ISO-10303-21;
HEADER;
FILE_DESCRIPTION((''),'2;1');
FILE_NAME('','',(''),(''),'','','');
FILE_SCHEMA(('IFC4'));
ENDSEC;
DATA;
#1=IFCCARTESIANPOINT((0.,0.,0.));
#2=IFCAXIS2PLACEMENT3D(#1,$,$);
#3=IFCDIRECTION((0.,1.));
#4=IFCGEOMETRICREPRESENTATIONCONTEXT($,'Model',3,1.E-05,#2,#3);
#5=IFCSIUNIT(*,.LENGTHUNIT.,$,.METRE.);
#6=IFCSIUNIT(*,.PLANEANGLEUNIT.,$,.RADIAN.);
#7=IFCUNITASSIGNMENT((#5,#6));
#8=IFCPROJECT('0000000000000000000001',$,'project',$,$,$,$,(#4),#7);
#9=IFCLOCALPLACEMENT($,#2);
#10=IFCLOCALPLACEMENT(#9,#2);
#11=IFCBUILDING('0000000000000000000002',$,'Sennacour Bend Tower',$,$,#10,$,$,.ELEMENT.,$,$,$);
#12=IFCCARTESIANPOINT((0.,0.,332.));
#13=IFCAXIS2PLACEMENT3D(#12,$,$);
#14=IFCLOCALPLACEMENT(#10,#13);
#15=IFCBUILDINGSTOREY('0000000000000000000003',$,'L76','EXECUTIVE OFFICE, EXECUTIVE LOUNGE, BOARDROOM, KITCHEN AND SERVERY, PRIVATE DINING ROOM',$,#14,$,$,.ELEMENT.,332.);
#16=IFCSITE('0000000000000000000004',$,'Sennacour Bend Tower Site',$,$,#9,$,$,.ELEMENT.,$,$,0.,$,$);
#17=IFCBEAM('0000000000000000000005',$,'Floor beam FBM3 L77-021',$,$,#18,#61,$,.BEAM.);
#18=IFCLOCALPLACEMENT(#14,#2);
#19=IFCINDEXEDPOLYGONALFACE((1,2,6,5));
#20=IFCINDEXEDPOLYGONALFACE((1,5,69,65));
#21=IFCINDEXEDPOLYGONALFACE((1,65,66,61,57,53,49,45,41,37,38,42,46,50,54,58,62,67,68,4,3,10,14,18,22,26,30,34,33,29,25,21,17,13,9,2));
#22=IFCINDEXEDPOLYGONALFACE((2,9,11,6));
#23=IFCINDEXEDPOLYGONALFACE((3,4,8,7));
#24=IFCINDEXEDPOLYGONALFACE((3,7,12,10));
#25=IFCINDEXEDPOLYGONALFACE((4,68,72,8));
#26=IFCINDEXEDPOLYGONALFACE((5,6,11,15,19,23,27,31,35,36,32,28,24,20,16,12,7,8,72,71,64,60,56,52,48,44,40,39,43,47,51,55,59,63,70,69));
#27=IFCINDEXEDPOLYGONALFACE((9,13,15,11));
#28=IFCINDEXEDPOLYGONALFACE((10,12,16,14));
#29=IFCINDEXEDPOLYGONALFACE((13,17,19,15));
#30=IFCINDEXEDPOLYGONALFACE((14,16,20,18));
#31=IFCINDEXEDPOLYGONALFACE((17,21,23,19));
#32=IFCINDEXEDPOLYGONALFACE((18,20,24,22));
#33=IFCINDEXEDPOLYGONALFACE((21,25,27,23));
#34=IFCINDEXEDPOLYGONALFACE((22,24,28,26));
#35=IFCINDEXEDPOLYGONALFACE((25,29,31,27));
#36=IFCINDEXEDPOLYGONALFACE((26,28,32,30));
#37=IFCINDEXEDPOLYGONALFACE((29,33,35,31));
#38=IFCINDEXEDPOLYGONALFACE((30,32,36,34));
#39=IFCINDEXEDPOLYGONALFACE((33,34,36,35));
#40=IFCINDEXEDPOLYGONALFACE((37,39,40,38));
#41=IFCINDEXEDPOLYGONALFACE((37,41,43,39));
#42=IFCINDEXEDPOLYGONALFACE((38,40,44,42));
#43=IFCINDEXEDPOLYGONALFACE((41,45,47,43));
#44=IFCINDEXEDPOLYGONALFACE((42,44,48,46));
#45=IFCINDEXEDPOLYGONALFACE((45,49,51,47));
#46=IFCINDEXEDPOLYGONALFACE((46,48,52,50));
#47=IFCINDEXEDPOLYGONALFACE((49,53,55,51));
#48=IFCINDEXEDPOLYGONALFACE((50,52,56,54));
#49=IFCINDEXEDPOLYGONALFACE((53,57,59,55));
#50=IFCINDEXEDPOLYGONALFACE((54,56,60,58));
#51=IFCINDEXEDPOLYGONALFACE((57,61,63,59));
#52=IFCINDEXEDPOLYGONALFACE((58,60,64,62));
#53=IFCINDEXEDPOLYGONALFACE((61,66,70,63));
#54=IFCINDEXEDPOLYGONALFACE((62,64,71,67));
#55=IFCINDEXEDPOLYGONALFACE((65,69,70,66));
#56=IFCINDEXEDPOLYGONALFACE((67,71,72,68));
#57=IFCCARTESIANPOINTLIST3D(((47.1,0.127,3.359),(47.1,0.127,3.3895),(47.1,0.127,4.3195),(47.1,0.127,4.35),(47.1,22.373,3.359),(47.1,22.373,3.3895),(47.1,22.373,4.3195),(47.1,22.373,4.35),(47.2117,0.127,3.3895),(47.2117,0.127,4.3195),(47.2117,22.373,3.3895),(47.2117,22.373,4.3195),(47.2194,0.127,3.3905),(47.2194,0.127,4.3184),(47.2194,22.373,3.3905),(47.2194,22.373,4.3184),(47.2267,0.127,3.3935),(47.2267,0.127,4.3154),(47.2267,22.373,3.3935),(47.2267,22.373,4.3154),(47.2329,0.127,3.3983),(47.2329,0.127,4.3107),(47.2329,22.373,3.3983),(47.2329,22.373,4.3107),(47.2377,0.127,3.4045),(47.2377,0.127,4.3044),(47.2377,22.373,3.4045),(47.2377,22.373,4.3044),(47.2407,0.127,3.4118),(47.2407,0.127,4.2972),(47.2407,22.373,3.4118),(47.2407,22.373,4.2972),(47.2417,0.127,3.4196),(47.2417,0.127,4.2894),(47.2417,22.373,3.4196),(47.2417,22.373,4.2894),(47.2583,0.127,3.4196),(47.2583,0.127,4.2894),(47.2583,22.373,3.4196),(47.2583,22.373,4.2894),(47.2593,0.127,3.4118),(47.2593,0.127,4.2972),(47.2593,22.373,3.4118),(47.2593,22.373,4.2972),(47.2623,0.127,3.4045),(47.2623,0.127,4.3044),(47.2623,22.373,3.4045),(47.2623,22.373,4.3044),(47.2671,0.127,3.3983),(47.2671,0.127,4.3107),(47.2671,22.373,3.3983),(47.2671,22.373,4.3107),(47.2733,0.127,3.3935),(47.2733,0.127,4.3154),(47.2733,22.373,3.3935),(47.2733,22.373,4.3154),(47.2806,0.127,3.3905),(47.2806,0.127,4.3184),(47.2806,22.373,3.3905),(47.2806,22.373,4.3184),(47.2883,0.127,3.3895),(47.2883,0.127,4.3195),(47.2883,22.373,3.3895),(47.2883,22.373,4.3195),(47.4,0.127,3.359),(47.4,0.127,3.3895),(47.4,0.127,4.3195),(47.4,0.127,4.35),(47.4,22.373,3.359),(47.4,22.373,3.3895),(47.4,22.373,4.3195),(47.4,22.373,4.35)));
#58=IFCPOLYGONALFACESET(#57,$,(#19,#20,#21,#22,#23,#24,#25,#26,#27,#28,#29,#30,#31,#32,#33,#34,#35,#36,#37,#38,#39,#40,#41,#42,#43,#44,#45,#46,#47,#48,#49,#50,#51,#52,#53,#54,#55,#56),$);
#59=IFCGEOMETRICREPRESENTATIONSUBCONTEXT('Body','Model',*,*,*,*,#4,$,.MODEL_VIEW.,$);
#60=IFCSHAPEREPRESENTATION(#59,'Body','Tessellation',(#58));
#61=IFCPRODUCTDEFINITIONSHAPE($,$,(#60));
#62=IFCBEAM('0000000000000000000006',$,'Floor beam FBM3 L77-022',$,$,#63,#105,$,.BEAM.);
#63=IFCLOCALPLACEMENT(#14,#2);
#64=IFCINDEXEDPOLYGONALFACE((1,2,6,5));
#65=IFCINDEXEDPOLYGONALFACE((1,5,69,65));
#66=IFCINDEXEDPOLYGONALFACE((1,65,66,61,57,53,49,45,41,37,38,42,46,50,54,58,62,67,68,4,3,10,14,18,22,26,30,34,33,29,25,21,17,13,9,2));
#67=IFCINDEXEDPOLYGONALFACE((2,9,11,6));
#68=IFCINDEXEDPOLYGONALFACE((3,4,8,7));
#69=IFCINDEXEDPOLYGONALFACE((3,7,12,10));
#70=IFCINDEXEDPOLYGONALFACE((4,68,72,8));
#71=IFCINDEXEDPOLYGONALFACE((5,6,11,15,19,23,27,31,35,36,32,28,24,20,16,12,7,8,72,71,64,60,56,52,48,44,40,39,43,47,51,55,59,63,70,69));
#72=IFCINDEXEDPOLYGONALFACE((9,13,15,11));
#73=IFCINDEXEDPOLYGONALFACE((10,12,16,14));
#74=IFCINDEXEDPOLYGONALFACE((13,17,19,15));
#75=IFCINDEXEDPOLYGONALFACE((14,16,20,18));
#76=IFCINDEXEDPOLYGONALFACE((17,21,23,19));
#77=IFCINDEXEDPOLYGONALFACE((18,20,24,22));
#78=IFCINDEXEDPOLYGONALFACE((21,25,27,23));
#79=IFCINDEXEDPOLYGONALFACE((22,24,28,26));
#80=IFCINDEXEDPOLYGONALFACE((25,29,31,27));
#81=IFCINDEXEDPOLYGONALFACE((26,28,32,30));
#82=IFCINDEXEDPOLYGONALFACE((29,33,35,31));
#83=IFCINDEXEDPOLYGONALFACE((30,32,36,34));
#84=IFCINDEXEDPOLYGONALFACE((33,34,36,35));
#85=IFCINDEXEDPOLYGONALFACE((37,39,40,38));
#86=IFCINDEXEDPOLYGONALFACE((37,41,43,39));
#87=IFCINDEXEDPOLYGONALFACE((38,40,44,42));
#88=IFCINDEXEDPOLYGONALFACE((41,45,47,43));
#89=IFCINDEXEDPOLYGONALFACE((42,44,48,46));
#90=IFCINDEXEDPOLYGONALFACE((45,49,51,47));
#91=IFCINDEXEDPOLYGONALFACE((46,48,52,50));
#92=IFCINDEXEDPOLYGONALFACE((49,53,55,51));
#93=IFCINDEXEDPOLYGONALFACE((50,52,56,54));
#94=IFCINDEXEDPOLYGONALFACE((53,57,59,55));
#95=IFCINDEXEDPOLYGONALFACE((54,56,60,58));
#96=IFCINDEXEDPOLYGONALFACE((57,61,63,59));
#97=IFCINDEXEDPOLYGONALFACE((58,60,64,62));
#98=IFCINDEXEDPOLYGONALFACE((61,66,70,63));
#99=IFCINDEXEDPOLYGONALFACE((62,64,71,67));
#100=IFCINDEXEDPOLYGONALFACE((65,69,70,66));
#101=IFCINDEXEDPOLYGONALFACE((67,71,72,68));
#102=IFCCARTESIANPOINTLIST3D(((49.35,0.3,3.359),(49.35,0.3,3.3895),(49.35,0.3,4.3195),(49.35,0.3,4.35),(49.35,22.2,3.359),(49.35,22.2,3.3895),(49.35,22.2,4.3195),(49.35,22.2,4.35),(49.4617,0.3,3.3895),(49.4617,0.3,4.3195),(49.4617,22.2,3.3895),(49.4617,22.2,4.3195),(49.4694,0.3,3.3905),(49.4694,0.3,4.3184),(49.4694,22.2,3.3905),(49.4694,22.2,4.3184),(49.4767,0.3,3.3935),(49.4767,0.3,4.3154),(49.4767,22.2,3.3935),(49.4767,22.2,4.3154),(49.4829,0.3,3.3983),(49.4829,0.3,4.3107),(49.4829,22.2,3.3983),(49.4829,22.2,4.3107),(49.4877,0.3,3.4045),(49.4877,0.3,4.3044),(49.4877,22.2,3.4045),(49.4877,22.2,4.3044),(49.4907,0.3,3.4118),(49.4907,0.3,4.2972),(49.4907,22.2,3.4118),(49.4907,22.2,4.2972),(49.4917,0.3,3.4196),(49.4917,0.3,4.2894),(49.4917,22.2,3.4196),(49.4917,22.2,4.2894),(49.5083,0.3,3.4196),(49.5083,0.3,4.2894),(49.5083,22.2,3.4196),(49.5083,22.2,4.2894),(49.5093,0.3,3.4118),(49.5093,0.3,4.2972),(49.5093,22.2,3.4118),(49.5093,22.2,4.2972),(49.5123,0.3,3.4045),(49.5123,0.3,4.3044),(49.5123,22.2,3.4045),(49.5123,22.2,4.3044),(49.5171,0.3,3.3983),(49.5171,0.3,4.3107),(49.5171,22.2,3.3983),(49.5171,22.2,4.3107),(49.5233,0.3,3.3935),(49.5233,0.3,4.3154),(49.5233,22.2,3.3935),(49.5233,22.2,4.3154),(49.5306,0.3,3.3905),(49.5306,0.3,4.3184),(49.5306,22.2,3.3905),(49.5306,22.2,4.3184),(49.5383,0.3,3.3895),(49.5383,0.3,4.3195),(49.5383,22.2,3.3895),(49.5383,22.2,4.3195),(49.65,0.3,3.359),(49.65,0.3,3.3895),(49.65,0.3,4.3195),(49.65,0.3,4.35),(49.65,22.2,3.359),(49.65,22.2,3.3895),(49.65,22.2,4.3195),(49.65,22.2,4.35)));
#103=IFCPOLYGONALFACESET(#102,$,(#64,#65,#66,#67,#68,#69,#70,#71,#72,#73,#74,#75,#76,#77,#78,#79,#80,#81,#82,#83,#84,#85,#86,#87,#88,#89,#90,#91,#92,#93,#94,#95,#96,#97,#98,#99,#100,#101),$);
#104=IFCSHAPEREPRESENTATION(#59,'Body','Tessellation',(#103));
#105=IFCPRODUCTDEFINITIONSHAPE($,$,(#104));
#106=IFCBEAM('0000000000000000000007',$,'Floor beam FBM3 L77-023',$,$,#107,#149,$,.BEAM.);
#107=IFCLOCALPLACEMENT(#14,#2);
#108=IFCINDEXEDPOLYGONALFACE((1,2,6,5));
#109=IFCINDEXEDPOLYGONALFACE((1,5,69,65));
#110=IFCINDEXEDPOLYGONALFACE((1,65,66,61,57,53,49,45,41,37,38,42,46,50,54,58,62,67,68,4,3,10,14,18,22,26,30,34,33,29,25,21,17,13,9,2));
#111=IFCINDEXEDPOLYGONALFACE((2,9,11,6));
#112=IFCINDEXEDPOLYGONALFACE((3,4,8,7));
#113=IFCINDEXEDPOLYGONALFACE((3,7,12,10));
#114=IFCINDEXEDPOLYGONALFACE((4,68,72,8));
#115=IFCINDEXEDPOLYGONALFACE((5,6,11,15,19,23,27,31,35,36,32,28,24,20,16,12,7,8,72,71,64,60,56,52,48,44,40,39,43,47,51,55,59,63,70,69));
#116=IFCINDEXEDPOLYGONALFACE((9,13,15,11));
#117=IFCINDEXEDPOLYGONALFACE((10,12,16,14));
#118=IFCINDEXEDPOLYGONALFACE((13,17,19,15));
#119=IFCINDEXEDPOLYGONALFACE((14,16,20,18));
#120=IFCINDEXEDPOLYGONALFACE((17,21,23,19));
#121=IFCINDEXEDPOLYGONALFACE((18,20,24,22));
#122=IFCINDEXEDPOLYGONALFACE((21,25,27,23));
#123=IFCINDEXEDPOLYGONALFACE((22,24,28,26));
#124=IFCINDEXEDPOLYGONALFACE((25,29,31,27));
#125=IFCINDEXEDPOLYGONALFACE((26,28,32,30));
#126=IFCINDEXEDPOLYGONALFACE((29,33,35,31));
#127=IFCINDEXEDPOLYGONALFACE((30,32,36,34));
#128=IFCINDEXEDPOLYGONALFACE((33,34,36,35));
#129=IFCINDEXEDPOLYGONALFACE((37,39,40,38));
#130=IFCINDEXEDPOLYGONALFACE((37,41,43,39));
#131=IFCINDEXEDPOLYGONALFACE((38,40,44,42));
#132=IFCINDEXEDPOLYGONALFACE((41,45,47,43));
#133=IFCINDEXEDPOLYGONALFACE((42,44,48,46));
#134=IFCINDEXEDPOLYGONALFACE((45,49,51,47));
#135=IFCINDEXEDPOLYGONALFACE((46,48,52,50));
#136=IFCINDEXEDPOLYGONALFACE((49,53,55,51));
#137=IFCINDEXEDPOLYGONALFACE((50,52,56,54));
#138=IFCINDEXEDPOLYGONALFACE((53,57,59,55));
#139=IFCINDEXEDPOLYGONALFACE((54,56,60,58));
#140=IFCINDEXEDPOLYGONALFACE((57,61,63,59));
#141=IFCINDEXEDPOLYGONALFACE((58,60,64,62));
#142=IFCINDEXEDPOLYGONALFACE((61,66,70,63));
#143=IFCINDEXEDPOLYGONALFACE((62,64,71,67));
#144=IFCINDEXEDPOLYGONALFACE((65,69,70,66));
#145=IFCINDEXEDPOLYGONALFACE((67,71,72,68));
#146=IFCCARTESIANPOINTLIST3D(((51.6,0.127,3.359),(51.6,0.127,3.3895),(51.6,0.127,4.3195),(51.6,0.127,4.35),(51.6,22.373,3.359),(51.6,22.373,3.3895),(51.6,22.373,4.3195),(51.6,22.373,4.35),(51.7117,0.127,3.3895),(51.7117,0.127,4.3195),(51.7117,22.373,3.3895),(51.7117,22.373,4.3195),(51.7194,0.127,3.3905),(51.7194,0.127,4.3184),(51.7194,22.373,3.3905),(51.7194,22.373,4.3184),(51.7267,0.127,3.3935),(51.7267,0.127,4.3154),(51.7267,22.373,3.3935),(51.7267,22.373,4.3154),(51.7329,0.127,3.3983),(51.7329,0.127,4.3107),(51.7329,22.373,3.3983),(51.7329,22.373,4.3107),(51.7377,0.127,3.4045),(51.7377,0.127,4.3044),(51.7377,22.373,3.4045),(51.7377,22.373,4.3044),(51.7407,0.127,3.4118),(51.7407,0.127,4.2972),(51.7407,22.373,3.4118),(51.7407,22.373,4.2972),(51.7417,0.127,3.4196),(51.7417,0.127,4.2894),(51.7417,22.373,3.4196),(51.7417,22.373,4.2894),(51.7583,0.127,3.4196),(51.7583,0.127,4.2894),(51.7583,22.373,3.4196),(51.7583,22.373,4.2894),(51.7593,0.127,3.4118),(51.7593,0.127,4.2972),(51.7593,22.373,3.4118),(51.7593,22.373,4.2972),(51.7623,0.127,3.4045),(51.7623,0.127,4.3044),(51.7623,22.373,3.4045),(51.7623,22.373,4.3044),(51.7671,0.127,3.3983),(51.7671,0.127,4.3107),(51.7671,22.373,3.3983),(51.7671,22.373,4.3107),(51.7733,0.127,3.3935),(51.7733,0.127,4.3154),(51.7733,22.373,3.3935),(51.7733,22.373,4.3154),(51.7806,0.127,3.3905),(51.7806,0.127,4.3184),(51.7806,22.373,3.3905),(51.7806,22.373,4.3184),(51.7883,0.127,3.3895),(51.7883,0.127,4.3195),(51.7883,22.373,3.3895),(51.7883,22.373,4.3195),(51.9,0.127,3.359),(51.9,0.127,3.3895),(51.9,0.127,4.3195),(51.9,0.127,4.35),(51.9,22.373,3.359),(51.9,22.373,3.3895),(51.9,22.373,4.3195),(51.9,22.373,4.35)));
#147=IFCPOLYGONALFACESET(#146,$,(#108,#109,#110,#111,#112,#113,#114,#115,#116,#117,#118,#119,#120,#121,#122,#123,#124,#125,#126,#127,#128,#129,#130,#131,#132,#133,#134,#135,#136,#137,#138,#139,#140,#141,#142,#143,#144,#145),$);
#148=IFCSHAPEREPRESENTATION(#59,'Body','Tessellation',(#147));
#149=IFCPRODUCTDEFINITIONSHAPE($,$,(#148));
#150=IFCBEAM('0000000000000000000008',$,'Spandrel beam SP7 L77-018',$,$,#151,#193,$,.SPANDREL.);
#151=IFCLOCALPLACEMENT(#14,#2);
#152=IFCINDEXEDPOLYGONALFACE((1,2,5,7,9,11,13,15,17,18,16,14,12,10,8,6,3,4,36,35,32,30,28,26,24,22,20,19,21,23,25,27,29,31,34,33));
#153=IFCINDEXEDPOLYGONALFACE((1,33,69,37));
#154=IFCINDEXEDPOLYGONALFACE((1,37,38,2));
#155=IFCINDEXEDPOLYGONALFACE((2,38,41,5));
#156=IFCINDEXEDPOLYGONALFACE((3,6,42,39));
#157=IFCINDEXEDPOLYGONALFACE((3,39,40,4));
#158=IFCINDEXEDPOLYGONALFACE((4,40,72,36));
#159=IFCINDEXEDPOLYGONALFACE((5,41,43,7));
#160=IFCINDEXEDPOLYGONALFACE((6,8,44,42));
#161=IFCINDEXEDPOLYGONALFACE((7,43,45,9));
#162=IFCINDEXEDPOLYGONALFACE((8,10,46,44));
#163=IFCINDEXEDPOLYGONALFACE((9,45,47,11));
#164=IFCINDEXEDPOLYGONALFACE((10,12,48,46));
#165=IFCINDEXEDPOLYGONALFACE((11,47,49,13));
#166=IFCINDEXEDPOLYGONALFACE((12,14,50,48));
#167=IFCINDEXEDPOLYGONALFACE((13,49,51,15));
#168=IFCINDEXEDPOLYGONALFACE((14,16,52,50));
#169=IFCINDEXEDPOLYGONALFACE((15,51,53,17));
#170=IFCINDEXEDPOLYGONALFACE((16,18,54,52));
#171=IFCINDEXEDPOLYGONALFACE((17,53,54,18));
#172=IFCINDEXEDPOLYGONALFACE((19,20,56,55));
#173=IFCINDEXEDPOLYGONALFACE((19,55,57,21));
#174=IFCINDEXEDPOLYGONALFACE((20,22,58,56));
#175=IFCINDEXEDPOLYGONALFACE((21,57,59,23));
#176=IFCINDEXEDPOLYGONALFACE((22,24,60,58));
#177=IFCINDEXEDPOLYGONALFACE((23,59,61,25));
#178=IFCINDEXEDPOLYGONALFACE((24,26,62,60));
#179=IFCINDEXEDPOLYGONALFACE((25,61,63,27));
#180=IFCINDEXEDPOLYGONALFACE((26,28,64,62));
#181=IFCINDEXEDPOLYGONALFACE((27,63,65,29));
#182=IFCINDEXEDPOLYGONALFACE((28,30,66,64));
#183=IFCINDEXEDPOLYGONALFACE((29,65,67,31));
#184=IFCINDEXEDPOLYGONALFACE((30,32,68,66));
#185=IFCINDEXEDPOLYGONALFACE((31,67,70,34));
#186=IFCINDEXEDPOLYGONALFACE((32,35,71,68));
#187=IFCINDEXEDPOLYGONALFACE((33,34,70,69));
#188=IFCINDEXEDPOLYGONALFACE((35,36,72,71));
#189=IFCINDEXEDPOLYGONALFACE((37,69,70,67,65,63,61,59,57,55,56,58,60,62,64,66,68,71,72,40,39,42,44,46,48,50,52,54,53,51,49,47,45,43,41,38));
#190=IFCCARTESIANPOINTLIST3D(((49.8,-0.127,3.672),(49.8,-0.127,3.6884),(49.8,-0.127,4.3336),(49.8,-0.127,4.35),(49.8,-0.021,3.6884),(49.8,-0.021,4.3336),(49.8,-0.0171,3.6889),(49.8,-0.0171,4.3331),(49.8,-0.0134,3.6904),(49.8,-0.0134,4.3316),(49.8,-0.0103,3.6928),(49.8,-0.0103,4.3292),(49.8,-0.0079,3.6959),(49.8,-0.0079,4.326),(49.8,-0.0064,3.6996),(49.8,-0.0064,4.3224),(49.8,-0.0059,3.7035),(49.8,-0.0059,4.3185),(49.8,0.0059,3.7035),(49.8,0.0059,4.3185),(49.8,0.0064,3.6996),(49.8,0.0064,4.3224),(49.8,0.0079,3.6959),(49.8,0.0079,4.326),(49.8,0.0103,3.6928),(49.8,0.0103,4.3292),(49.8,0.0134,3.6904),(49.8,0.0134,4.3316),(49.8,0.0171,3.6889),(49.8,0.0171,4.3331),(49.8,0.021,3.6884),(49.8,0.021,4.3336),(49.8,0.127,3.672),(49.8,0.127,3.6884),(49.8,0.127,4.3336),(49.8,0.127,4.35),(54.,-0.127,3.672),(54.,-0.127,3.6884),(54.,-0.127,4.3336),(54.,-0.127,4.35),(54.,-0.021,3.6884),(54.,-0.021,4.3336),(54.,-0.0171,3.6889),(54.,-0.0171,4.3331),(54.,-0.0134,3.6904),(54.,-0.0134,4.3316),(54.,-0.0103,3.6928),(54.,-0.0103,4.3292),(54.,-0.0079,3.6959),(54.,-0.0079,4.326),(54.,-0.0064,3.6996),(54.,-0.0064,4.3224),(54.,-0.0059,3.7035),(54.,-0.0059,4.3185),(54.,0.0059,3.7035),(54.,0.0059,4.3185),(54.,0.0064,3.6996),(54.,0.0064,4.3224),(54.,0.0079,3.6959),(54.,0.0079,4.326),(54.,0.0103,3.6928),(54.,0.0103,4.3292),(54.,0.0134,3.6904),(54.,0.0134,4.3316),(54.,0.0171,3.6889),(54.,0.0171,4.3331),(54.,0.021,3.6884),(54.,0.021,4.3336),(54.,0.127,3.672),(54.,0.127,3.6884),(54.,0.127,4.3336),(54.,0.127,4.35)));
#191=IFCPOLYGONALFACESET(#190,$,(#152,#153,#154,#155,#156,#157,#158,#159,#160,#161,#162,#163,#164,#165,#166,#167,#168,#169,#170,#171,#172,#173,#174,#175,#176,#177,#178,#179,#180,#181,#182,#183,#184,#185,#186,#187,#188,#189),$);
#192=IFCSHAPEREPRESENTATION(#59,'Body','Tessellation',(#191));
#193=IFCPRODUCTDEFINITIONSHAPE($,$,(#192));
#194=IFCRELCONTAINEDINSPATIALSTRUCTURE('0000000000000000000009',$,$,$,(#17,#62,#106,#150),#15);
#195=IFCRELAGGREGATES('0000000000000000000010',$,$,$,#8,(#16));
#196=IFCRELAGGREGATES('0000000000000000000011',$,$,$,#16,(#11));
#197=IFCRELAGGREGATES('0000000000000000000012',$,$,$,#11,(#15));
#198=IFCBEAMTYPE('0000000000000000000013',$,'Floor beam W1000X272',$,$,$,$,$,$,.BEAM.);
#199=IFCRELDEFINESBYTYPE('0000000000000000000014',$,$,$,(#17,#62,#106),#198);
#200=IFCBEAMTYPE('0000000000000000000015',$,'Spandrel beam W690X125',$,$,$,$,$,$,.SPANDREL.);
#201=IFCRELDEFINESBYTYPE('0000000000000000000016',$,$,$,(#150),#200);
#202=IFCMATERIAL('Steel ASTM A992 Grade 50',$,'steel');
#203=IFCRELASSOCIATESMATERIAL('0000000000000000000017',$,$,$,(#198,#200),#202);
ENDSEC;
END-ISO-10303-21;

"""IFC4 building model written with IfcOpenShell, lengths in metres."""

from ifc_helpers import new_model, si_unit, direction, frame, origin, origin_2d, place, context, subcontext, project, spatial, i_section, extrude, material, material_profile, profile_set, type_object, element, save


model = new_model("IFC4")

# Units and contexts
model_context = context("Model", 3, precision=1e-05, world=origin(), true_north=direction((0.0, 1.0)))
body_context = subcontext(model_context, "Body", "Model", "MODEL_VIEW")
ifc_project = project(units=[si_unit("LENGTHUNIT", "METRE"), si_unit("PLANEANGLEUNIT", "RADIAN")], contexts=[model_context])

# Site, building, storey
site_placement = place(None, origin())
site = spatial("IfcSite", under=ifc_project, at=site_placement, Name="Sennacour Bend Tower Site", CompositionType="ELEMENT", RefElevation=0.0)
building_placement = place(site_placement, origin())
building = spatial("IfcBuilding", under=site, at=building_placement, Name="Sennacour Bend Tower", CompositionType="ELEMENT")
storey_placement = place(building_placement, frame((0.0, 0.0, 332.0)))
storey = spatial("IfcBuildingStorey", under=building, at=storey_placement, Name="L76", Description="EXECUTIVE OFFICE, EXECUTIVE LOUNGE, BOARDROOM, KITCHEN AND SERVERY, PRIVATE DINING ROOM", CompositionType="ELEMENT", Elevation=332.0)

# Beams
ifc_material_1 = material(Name="Steel ASTM A992 Grade 50", Category="steel")
ifc_material_profile_1 = material_profile(ifc_material_1, i_section(OverallWidth=0.3, OverallDepth=0.991, WebThickness=0.0166, FlangeThickness=0.0305, FilletRadius=0.03, at=origin_2d()), Name="Steel ASTM A992 Grade 50", Category="steel")
ifc_profile_set_1 = profile_set([ifc_material_profile_1], Name="Steel ASTM A992 Grade 50")
beam_type_1 = type_object("IfcBeamType", Name="Floor beam W1000X272", PredefinedType="BEAM", material=ifc_profile_set_1)
beam_1_placement = place(storey_placement, frame((47.25, 0.127, 3.8545), z_axis=(0.0, 1.0, 0.0), x_axis=(-1.0, 0.0, 0.0)))
element("IfcBeam", 1, at=beam_1_placement, inside=storey, type_object=beam_type_1, Name="Floor beam FBM3 L77-021", PredefinedType="BEAM", context=body_context, shape_type="SweptSolid", body=[
    extrude(i_section(OverallWidth=0.3, OverallDepth=0.991, WebThickness=0.0166, FlangeThickness=0.0305, FilletRadius=0.03, at=origin_2d()), origin(), (0.0, 0.0, 1.0), 22.2461),
])
beam_2_placement = place(storey_placement, frame((49.5, 0.3, 3.8545), z_axis=(0.0, 1.0, 0.0), x_axis=(-1.0, 0.0, 0.0)))
element("IfcBeam", 2, at=beam_2_placement, inside=storey, type_object=beam_type_1, Name="Floor beam FBM3 L77-022", PredefinedType="BEAM", context=body_context, shape_type="SweptSolid", body=[
    extrude(i_section(OverallWidth=0.3, OverallDepth=0.991, WebThickness=0.0166, FlangeThickness=0.0305, FilletRadius=0.03, at=origin_2d()), origin(), (0.0, 0.0, 1.0), 21.8999),
])
beam_3_placement = place(storey_placement, frame((51.75, 0.127, 3.8545), z_axis=(0.0, 1.0, 0.0), x_axis=(-1.0, 0.0, 0.0)))
element("IfcBeam", 3, at=beam_3_placement, inside=storey, type_object=beam_type_1, Name="Floor beam FBM3 L77-023", PredefinedType="BEAM", context=body_context, shape_type="SweptSolid", body=[
    extrude(i_section(OverallWidth=0.3, OverallDepth=0.991, WebThickness=0.0166, FlangeThickness=0.0305, FilletRadius=0.03, at=origin_2d()), origin(), (0.0, 0.0, 1.0), 22.2461),
])
ifc_material_profile_2 = material_profile(ifc_material_1, i_section(OverallWidth=0.2539, OverallDepth=0.678, WebThickness=0.0117, FlangeThickness=0.0164, FilletRadius=0.0151, at=origin_2d()), Name="Steel ASTM A992 Grade 50", Category="steel")
ifc_profile_set_2 = profile_set([ifc_material_profile_2], Name="Steel ASTM A992 Grade 50")
beam_type_2 = type_object("IfcBeamType", Name="Spandrel beam W690X125", PredefinedType="SPANDREL", material=ifc_profile_set_2)
beam_4_placement = place(storey_placement, frame((54.0, 0.0, 4.011), z_axis=(-1.0, 0.0, 0.0), x_axis=(0.0, -1.0, 0.0)))
element("IfcBeam", 4, at=beam_4_placement, inside=storey, type_object=beam_type_2, Name="Spandrel beam SP7 L77-018", PredefinedType="SPANDREL", context=body_context, shape_type="SweptSolid", body=[
    extrude(i_section(OverallWidth=0.2539, OverallDepth=0.678, WebThickness=0.0117, FlangeThickness=0.0164, FilletRadius=0.0151, at=origin_2d()), origin(), (0.0, 0.0, 1.0), 4.2),
])

save(model, "model.ifc")
